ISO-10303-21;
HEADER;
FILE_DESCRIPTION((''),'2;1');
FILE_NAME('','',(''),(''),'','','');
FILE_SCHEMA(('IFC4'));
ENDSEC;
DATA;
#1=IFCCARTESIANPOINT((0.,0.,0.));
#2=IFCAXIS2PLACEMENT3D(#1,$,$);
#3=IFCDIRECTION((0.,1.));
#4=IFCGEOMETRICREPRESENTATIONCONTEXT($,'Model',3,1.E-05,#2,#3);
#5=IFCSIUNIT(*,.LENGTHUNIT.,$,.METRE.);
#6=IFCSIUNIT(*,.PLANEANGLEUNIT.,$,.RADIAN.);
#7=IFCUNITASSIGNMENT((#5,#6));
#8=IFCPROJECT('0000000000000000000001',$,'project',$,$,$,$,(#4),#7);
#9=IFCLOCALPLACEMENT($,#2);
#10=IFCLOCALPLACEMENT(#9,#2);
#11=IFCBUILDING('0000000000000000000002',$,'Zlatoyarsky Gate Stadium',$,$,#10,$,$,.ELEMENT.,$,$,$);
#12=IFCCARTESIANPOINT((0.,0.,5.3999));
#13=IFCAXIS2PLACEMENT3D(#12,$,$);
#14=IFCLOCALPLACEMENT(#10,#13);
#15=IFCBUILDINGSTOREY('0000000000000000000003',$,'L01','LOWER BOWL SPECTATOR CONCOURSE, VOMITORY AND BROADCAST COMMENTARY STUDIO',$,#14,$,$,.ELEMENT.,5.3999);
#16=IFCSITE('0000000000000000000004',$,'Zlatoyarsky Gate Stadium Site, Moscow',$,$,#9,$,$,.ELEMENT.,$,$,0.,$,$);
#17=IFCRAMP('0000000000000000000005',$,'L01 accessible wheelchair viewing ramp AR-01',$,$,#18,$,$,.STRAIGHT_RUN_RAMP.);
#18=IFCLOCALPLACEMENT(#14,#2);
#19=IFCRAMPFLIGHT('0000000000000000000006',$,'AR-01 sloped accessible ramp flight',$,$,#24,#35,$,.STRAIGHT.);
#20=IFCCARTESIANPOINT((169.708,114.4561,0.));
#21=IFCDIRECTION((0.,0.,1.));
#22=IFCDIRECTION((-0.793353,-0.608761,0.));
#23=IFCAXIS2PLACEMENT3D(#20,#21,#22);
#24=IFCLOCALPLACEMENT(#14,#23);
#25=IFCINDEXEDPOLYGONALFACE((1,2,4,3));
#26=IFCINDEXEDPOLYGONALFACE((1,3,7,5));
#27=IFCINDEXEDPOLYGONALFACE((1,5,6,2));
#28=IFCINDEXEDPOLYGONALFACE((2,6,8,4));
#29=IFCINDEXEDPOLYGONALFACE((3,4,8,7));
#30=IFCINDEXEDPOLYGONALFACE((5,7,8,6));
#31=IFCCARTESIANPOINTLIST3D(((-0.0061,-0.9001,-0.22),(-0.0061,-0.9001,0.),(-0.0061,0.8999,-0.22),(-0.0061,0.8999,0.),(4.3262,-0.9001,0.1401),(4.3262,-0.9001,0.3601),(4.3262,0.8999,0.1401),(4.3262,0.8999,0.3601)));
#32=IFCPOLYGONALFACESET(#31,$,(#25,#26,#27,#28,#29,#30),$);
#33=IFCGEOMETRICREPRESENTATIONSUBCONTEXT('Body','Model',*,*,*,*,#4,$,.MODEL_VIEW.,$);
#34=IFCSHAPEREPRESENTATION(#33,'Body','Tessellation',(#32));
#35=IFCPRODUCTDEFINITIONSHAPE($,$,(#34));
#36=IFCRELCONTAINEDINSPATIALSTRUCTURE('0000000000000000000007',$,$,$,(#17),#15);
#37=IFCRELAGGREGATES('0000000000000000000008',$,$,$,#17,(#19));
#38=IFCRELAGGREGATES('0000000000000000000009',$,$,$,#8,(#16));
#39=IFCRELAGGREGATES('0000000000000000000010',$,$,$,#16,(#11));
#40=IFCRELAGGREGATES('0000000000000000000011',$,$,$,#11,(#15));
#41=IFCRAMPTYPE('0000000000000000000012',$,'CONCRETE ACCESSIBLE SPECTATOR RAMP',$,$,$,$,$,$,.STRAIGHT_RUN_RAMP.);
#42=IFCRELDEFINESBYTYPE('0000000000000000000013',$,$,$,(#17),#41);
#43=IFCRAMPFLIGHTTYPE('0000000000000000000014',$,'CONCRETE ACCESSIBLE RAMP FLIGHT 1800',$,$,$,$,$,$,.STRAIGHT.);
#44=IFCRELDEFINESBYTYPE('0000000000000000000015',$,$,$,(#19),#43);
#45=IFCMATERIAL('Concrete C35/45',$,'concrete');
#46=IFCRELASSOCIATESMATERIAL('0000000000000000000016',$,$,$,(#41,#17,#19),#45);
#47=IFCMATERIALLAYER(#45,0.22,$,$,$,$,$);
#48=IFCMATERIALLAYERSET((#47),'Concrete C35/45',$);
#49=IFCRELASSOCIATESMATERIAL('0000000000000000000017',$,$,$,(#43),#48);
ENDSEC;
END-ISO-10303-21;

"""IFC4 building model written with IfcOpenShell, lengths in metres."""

from ifc_helpers import new_model, si_unit, direction, frame, origin, place, context, subcontext, project, spatial, polyline, outline, extrude, material, layer, layer_set, type_object, element, aggregate, save


model = new_model("IFC4")

# Units and contexts
model_context = context("Model", 3, precision=1e-05, world=origin(), true_north=direction((0.0, 1.0)))
body_context = subcontext(model_context, "Body", "Model", "MODEL_VIEW")
ifc_project = project(units=[si_unit("LENGTHUNIT", "METRE"), si_unit("PLANEANGLEUNIT", "RADIAN")], contexts=[model_context])

# Site, building, storey
site_placement = place(None, origin())
site = spatial("IfcSite", under=ifc_project, at=site_placement, Name="Zlatoyarsky Gate Stadium Site, Moscow", CompositionType="ELEMENT", RefElevation=0.0)
building_placement = place(site_placement, origin())
building = spatial("IfcBuilding", under=site, at=building_placement, Name="Zlatoyarsky Gate Stadium", CompositionType="ELEMENT")
storey_placement = place(building_placement, frame((0.0, 0.0, 5.3999)))
storey = spatial("IfcBuildingStorey", under=building, at=storey_placement, Name="L01", Description="LOWER BOWL SPECTATOR CONCOURSE, VOMITORY AND BROADCAST COMMENTARY STUDIO", CompositionType="ELEMENT", Elevation=5.3999)

# Ramp, ramp flight
ifc_material_1 = material(Name="Concrete C35/45", Category="concrete")
ramp_type = type_object("IfcRampType", Name="CONCRETE ACCESSIBLE SPECTATOR RAMP", PredefinedType="STRAIGHT_RUN_RAMP", material=ifc_material_1)
ramp_placement = place(storey_placement, origin())
ramp = element("IfcRamp", 1, at=ramp_placement, inside=storey, type_object=ramp_type, material=ifc_material_1, Name="L01 accessible wheelchair viewing ramp AR-01", PredefinedType="STRAIGHT_RUN_RAMP")
ifc_layer_1 = layer(ifc_material_1, 0.22)
ifc_layer_set_1 = layer_set([ifc_layer_1], Name="Concrete C35/45")
ramp_flight_type = type_object("IfcRampFlightType", Name="CONCRETE ACCESSIBLE RAMP FLIGHT 1800", PredefinedType="STRAIGHT", material=ifc_layer_set_1)
ramp_flight_placement = place(storey_placement, frame((169.708, 114.4561, 0.0), z_axis=(0.0, 0.0, 1.0), x_axis=(-0.793353, -0.608761, 0.0)))
ramp_flight = element("IfcRampFlight", 2, at=ramp_flight_placement, type_object=ramp_flight_type, material=ifc_material_1, Name="AR-01 sloped accessible ramp flight", PredefinedType="STRAIGHT", context=body_context, shape_type="SweptSolid", body=[
    extrude(outline(polyline([(-0.0061, 0.0), (4.3262, 0.3601), (4.3262, 0.1401), (-0.0061, -0.22), (-0.0061, 0.0)])), frame((0.0, 0.8999, 0.0), z_axis=(0.0, -1.0, 0.0), x_axis=(1.0, 0.0, 0.0)), (0.0, 0.0, 1.0), 1.8),
])
aggregate(ramp, [ramp_flight])

save(model, "model.ifc")
